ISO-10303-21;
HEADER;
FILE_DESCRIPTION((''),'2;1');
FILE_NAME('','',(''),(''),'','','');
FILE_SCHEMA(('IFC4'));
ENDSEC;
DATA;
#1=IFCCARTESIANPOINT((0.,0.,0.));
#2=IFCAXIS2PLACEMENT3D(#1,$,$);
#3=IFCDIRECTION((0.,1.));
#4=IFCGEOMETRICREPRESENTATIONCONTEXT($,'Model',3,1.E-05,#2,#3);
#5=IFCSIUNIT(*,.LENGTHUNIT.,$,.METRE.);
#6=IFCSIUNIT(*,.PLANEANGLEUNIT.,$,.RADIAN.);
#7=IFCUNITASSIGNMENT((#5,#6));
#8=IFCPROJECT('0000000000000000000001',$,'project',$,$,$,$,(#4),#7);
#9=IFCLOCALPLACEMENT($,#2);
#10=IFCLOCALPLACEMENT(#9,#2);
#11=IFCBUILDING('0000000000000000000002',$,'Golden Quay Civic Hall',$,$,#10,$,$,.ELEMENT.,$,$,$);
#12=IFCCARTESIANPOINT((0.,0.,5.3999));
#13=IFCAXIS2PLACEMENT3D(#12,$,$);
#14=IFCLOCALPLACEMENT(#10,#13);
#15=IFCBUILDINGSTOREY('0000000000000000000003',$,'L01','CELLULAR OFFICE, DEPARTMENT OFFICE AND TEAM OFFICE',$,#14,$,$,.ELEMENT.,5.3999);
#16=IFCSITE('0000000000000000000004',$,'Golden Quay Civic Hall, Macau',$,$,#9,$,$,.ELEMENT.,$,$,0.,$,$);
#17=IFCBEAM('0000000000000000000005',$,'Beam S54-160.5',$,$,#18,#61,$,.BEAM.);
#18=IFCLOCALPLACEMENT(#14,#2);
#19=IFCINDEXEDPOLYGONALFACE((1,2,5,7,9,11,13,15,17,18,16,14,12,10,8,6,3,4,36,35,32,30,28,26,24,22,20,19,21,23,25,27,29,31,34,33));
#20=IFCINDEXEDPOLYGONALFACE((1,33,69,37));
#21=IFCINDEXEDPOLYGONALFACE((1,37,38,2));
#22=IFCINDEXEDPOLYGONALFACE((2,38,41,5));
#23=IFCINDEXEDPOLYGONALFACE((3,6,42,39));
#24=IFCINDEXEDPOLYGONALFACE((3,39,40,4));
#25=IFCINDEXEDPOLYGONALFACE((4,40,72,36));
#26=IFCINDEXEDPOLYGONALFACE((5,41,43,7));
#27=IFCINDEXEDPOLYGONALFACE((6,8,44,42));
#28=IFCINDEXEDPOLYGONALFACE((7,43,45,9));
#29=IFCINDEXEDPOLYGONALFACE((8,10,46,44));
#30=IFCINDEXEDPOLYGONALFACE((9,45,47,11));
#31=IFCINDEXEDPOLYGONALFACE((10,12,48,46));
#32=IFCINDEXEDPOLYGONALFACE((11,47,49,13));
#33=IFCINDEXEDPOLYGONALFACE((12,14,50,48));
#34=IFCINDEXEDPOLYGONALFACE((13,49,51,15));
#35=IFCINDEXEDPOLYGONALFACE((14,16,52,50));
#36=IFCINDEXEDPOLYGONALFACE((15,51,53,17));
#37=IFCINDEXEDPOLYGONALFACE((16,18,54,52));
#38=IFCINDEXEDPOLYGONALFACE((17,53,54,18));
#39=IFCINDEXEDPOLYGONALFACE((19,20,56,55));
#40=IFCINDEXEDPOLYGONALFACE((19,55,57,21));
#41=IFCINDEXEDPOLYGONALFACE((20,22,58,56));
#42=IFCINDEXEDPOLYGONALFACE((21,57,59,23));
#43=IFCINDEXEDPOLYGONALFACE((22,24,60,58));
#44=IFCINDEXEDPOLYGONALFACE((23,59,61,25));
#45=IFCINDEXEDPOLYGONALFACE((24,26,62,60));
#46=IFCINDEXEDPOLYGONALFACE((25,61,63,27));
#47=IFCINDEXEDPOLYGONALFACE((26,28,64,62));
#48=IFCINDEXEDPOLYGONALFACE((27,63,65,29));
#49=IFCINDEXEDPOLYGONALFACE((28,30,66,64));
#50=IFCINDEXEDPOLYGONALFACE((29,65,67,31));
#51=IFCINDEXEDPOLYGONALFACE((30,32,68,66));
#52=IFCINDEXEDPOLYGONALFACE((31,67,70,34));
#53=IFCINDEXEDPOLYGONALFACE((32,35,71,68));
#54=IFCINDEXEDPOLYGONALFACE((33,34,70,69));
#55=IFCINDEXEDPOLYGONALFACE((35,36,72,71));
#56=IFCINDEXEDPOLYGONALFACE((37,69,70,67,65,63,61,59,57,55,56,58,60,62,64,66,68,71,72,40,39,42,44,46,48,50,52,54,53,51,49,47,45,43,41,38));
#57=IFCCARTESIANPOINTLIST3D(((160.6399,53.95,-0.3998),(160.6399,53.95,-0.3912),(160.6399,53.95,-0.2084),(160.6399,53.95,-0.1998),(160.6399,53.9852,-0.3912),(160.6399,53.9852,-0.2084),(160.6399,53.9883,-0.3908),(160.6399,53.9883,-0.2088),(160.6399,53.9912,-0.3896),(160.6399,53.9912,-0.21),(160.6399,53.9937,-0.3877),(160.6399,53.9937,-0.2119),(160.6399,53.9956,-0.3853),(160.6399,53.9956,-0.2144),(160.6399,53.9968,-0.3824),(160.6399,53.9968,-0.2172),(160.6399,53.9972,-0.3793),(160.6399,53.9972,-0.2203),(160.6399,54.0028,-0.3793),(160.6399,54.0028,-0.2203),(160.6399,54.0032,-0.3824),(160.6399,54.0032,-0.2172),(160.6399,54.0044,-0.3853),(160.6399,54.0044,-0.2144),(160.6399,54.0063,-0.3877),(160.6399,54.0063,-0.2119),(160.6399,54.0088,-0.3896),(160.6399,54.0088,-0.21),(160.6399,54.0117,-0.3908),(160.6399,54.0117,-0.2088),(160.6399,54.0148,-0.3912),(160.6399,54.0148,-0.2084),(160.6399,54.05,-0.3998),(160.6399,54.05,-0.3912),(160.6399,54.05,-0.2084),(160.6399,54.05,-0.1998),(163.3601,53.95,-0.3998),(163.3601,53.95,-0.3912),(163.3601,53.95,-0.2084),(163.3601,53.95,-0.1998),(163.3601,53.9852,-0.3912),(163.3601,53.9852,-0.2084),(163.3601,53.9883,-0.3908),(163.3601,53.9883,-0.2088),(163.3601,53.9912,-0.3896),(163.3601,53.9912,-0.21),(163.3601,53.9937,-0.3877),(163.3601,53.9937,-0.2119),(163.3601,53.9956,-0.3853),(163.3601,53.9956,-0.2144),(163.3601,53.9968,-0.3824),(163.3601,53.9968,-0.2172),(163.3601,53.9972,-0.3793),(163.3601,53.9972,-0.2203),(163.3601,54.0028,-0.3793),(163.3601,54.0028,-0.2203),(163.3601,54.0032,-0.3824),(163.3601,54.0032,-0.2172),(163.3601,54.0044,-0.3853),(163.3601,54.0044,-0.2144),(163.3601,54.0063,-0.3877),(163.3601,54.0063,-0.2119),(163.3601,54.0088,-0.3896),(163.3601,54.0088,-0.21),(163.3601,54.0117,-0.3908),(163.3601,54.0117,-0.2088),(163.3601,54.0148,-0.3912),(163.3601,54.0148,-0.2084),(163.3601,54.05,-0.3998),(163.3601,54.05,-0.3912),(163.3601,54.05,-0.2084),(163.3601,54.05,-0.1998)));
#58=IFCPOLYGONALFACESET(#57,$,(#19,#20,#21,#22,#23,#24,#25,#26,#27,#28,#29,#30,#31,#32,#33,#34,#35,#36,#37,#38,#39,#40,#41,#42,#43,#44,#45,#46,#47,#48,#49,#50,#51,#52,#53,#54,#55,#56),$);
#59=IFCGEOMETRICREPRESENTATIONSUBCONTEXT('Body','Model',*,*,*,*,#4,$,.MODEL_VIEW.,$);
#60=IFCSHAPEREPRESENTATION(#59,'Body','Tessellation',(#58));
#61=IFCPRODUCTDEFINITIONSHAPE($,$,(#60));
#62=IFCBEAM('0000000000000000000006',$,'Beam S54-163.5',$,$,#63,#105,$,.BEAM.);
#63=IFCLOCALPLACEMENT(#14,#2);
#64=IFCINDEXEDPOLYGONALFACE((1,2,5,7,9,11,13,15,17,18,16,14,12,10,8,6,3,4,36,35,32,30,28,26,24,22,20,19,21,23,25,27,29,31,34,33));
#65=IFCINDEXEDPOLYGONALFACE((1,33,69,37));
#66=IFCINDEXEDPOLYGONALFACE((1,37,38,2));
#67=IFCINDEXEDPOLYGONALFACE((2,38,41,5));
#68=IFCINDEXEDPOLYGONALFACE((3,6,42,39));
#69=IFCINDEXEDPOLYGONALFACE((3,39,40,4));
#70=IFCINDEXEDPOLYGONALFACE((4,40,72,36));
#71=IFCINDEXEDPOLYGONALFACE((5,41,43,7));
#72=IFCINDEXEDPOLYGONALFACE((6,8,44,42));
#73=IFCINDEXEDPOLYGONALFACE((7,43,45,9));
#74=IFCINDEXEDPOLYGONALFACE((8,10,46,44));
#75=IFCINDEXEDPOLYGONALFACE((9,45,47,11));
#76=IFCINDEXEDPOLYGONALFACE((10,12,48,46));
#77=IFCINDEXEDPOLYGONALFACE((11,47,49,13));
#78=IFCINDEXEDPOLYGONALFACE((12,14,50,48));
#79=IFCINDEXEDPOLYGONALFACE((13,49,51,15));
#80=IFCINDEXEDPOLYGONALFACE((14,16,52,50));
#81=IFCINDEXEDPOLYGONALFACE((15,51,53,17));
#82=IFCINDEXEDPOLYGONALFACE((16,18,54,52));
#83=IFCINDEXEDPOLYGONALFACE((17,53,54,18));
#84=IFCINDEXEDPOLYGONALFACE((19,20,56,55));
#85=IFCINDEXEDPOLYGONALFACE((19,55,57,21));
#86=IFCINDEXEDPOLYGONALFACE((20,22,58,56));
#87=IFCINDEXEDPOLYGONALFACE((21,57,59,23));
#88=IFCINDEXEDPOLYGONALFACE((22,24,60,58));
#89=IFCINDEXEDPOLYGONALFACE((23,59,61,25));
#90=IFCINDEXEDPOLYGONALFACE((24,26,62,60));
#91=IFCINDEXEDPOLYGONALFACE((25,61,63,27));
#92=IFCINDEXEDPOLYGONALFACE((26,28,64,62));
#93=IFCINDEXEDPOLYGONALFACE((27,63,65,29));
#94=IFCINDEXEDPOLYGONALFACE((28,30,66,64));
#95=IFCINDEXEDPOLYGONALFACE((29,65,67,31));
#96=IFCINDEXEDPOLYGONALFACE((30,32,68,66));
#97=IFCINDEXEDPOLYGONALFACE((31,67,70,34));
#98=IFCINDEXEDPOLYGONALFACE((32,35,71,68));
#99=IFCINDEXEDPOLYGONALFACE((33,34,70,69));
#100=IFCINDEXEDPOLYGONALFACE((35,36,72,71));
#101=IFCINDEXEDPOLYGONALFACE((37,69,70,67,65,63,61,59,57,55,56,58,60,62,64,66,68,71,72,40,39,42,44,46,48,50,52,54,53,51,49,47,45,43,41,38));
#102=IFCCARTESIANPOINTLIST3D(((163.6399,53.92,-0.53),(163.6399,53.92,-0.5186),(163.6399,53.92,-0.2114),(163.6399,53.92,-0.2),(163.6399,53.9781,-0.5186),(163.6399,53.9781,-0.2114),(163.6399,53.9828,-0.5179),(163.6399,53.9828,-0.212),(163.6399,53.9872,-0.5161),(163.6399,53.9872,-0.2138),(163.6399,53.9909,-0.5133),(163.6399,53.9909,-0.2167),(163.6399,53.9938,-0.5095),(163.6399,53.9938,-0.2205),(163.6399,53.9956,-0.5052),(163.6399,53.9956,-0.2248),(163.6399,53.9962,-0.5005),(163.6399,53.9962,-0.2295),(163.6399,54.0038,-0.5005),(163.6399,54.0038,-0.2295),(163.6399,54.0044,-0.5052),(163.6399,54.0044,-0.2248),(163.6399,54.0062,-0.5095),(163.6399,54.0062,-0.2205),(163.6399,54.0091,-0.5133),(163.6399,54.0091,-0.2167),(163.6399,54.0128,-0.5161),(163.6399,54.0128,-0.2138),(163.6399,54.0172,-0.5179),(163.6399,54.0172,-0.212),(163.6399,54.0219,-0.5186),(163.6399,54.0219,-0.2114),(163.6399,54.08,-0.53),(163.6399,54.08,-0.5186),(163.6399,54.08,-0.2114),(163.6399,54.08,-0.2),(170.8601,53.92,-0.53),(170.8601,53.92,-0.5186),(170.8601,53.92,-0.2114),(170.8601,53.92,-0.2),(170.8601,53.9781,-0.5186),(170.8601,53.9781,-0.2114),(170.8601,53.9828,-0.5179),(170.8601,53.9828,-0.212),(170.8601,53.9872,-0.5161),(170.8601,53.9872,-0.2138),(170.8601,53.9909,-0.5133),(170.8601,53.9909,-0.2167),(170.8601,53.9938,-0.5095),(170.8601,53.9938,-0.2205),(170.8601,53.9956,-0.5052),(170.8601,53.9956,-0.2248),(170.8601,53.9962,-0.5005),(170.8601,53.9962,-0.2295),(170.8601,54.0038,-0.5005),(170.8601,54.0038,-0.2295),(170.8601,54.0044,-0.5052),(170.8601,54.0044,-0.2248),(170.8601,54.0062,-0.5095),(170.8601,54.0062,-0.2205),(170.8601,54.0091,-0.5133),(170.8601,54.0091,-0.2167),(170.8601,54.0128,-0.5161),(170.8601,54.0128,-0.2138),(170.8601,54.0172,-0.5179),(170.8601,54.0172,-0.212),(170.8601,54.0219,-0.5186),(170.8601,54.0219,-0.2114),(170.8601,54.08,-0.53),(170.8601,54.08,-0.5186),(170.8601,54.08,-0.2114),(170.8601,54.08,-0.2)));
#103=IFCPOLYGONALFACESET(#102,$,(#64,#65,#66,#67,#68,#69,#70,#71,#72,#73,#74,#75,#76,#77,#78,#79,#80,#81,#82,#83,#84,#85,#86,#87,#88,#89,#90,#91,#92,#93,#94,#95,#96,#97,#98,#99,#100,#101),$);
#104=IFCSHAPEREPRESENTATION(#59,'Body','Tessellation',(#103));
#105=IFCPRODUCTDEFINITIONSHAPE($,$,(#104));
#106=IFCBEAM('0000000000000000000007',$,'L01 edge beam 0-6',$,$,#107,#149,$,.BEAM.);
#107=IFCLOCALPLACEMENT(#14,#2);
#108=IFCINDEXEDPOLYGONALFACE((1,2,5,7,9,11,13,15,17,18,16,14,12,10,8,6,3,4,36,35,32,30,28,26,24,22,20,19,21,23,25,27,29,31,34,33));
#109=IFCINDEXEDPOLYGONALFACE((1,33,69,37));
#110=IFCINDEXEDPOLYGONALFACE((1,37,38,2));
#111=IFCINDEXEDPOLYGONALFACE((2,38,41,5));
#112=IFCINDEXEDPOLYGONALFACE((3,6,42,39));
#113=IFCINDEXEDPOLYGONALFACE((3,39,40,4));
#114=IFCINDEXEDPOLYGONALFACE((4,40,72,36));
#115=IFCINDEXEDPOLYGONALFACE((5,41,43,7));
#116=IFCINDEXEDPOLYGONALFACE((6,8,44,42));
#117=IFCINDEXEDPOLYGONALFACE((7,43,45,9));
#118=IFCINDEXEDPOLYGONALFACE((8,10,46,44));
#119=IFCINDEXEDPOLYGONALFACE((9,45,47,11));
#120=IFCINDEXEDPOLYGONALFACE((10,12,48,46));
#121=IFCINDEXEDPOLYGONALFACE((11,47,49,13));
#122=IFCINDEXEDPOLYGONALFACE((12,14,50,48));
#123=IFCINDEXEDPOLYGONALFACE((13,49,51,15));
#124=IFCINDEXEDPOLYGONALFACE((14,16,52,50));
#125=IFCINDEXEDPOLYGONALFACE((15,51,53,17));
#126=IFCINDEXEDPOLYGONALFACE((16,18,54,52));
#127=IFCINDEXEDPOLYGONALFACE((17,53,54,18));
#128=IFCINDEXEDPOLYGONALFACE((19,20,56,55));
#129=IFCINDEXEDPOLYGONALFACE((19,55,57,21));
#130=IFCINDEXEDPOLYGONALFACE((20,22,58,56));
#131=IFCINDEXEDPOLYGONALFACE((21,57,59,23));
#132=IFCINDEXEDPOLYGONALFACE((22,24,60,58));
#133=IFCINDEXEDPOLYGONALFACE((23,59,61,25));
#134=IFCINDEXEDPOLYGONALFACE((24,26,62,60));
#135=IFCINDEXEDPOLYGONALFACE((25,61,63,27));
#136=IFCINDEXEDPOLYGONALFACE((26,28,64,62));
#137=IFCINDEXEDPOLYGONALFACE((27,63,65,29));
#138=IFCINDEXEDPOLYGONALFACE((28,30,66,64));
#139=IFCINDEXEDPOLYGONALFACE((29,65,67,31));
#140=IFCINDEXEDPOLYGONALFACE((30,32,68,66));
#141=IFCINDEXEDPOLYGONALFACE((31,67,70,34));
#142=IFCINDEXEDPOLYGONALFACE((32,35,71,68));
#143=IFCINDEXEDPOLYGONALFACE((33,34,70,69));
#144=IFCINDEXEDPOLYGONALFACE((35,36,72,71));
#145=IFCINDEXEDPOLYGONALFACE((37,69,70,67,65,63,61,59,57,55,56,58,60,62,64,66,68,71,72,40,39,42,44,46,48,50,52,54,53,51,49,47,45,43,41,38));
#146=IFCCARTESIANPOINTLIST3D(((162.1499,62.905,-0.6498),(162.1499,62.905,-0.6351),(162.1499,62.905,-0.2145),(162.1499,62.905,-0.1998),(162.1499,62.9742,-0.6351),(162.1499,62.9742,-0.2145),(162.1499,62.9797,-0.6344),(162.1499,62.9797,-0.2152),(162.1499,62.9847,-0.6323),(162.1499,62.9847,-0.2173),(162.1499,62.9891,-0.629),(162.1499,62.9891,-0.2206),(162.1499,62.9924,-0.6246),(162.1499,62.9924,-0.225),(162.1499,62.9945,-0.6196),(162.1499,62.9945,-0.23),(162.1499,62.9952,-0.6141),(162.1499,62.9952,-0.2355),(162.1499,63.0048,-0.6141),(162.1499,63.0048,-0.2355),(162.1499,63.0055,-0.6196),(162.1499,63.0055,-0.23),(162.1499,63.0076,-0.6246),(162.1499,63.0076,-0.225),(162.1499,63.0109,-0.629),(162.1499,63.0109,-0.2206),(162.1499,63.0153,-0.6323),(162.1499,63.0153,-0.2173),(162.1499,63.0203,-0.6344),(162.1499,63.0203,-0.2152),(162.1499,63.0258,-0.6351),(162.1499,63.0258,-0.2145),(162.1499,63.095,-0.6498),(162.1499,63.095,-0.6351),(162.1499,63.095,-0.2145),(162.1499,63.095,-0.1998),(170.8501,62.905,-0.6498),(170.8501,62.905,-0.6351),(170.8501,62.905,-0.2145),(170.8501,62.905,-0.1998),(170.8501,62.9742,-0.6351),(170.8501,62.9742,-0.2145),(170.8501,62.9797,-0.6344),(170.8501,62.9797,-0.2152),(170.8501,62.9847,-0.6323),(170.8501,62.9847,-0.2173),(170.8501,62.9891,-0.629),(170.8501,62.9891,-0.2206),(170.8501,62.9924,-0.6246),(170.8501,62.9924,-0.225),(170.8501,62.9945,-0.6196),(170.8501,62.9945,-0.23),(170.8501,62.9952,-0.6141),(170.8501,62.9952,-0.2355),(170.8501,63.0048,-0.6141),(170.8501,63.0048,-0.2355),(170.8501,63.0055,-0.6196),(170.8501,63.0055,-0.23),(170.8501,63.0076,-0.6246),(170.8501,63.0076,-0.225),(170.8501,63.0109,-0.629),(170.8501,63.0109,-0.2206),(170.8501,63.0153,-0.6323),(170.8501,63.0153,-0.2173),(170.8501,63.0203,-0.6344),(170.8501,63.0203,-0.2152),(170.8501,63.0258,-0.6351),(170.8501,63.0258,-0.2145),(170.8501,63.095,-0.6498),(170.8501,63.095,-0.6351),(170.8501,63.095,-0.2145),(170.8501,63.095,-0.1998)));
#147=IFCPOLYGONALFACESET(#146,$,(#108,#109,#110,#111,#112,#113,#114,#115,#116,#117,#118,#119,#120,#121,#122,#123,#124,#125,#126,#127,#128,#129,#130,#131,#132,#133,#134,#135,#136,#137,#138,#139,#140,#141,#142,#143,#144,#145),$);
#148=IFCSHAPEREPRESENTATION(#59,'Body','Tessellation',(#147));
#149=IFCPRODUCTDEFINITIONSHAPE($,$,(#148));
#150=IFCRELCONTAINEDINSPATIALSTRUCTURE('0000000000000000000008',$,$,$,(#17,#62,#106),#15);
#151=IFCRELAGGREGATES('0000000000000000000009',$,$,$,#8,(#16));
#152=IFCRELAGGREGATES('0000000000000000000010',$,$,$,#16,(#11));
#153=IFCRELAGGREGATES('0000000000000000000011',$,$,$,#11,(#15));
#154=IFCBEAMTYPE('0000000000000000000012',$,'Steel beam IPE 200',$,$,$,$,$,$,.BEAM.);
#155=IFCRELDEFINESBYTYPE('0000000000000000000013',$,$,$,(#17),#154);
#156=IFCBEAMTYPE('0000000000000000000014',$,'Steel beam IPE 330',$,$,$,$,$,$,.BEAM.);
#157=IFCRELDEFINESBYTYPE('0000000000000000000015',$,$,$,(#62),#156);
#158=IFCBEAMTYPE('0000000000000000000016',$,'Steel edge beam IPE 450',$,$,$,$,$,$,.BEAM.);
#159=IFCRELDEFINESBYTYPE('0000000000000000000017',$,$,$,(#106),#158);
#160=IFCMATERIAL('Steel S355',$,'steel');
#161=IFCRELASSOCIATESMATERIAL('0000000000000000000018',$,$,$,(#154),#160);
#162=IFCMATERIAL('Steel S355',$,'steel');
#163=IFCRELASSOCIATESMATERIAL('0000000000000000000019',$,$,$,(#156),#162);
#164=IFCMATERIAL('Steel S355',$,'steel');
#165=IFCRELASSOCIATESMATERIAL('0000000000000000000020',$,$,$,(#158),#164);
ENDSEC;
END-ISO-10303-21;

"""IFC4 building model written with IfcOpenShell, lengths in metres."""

from ifc_helpers import new_model, si_unit, direction, frame, origin, origin_2d, place, context, subcontext, project, spatial, i_section, extrude, material, material_profile, profile_set, type_object, element, save


model = new_model("IFC4")

# Units and contexts
model_context = context("Model", 3, precision=1e-05, world=origin(), true_north=direction((0.0, 1.0)))
body_context = subcontext(model_context, "Body", "Model", "MODEL_VIEW")
ifc_project = project(units=[si_unit("LENGTHUNIT", "METRE"), si_unit("PLANEANGLEUNIT", "RADIAN")], contexts=[model_context])

# Site, building, storey
site_placement = place(None, origin())
site = spatial("IfcSite", under=ifc_project, at=site_placement, Name="Golden Quay Civic Hall, Macau", CompositionType="ELEMENT", RefElevation=0.0)
building_placement = place(site_placement, origin())
building = spatial("IfcBuilding", under=site, at=building_placement, Name="Golden Quay Civic Hall", CompositionType="ELEMENT")
storey_placement = place(building_placement, frame((0.0, 0.0, 5.3999)))
storey = spatial("IfcBuildingStorey", under=building, at=storey_placement, Name="L01", Description="CELLULAR OFFICE, DEPARTMENT OFFICE AND TEAM OFFICE", CompositionType="ELEMENT", Elevation=5.3999)

# Beams
ifc_material_1 = material(Name="Steel S355", Category="steel")
ifc_material_profile_1 = material_profile(ifc_material_1, i_section(OverallWidth=0.1001, OverallDepth=0.2, WebThickness=0.0056, FlangeThickness=0.0085, FilletRadius=0.012, at=origin_2d()), Name="IPE 200")
ifc_profile_set_1 = profile_set([ifc_material_profile_1], Name="Steel S355")
beam_type_1 = type_object("IfcBeamType", Name="Steel beam IPE 200", PredefinedType="BEAM", material=ifc_profile_set_1)
beam_1_placement = place(storey_placement, frame((160.6399, 54.0, -0.2998), z_axis=(1.0, 0.0, 0.0), x_axis=(0.0, 1.0, 0.0)))
element("IfcBeam", 1, at=beam_1_placement, inside=storey, type_object=beam_type_1, Name="Beam S54-160.5", PredefinedType="BEAM", context=body_context, shape_type="SweptSolid", body=[
    extrude(i_section(OverallWidth=0.1001, OverallDepth=0.2, WebThickness=0.0056, FlangeThickness=0.0085, FilletRadius=0.012, at=origin_2d()), origin(), (0.0, 0.0, 1.0), 2.7202),
])
ifc_material_2 = material(Name="Steel S355", Category="steel")
ifc_material_profile_2 = material_profile(ifc_material_2, i_section(OverallWidth=0.1599, OverallDepth=0.3301, WebThickness=0.0076, FlangeThickness=0.0115, FilletRadius=0.0181, at=origin_2d()), Name="IPE 330")
ifc_profile_set_2 = profile_set([ifc_material_profile_2], Name="Steel S355")
beam_type_2 = type_object("IfcBeamType", Name="Steel beam IPE 330", PredefinedType="BEAM", material=ifc_profile_set_2)
beam_2_placement = place(storey_placement, frame((163.6399, 54.0, -0.365), z_axis=(1.0, 0.0, 0.0), x_axis=(0.0, 1.0, 0.0)))
element("IfcBeam", 2, at=beam_2_placement, inside=storey, type_object=beam_type_2, Name="Beam S54-163.5", PredefinedType="BEAM", context=body_context, shape_type="SweptSolid", body=[
    extrude(i_section(OverallWidth=0.1599, OverallDepth=0.3301, WebThickness=0.0076, FlangeThickness=0.0115, FilletRadius=0.0181, at=origin_2d()), origin(), (0.0, 0.0, 1.0), 7.2202),
])
ifc_material_3 = material(Name="Steel S355", Category="steel")
ifc_material_profile_3 = material_profile(ifc_material_3, i_section(OverallWidth=0.1899, OverallDepth=0.45, WebThickness=0.0095, FlangeThickness=0.0146, FilletRadius=0.021, at=origin_2d()), Name="IPE 450")
ifc_profile_set_3 = profile_set([ifc_material_profile_3], Name="Steel S355")
beam_type_3 = type_object("IfcBeamType", Name="Steel edge beam IPE 450", PredefinedType="BEAM", material=ifc_profile_set_3)
beam_3_placement = place(storey_placement, frame((162.1499, 63.0, -0.4248), z_axis=(1.0, 0.0, 0.0), x_axis=(0.0, 1.0, 0.0)))
element("IfcBeam", 3, at=beam_3_placement, inside=storey, type_object=beam_type_3, Name="L01 edge beam 0-6", PredefinedType="BEAM", context=body_context, shape_type="SweptSolid", body=[
    extrude(i_section(OverallWidth=0.1899, OverallDepth=0.45, WebThickness=0.0095, FlangeThickness=0.0146, FilletRadius=0.021, at=origin_2d()), origin(), (0.0, 0.0, 1.0), 8.7002),
])

save(model, "model.ifc")
